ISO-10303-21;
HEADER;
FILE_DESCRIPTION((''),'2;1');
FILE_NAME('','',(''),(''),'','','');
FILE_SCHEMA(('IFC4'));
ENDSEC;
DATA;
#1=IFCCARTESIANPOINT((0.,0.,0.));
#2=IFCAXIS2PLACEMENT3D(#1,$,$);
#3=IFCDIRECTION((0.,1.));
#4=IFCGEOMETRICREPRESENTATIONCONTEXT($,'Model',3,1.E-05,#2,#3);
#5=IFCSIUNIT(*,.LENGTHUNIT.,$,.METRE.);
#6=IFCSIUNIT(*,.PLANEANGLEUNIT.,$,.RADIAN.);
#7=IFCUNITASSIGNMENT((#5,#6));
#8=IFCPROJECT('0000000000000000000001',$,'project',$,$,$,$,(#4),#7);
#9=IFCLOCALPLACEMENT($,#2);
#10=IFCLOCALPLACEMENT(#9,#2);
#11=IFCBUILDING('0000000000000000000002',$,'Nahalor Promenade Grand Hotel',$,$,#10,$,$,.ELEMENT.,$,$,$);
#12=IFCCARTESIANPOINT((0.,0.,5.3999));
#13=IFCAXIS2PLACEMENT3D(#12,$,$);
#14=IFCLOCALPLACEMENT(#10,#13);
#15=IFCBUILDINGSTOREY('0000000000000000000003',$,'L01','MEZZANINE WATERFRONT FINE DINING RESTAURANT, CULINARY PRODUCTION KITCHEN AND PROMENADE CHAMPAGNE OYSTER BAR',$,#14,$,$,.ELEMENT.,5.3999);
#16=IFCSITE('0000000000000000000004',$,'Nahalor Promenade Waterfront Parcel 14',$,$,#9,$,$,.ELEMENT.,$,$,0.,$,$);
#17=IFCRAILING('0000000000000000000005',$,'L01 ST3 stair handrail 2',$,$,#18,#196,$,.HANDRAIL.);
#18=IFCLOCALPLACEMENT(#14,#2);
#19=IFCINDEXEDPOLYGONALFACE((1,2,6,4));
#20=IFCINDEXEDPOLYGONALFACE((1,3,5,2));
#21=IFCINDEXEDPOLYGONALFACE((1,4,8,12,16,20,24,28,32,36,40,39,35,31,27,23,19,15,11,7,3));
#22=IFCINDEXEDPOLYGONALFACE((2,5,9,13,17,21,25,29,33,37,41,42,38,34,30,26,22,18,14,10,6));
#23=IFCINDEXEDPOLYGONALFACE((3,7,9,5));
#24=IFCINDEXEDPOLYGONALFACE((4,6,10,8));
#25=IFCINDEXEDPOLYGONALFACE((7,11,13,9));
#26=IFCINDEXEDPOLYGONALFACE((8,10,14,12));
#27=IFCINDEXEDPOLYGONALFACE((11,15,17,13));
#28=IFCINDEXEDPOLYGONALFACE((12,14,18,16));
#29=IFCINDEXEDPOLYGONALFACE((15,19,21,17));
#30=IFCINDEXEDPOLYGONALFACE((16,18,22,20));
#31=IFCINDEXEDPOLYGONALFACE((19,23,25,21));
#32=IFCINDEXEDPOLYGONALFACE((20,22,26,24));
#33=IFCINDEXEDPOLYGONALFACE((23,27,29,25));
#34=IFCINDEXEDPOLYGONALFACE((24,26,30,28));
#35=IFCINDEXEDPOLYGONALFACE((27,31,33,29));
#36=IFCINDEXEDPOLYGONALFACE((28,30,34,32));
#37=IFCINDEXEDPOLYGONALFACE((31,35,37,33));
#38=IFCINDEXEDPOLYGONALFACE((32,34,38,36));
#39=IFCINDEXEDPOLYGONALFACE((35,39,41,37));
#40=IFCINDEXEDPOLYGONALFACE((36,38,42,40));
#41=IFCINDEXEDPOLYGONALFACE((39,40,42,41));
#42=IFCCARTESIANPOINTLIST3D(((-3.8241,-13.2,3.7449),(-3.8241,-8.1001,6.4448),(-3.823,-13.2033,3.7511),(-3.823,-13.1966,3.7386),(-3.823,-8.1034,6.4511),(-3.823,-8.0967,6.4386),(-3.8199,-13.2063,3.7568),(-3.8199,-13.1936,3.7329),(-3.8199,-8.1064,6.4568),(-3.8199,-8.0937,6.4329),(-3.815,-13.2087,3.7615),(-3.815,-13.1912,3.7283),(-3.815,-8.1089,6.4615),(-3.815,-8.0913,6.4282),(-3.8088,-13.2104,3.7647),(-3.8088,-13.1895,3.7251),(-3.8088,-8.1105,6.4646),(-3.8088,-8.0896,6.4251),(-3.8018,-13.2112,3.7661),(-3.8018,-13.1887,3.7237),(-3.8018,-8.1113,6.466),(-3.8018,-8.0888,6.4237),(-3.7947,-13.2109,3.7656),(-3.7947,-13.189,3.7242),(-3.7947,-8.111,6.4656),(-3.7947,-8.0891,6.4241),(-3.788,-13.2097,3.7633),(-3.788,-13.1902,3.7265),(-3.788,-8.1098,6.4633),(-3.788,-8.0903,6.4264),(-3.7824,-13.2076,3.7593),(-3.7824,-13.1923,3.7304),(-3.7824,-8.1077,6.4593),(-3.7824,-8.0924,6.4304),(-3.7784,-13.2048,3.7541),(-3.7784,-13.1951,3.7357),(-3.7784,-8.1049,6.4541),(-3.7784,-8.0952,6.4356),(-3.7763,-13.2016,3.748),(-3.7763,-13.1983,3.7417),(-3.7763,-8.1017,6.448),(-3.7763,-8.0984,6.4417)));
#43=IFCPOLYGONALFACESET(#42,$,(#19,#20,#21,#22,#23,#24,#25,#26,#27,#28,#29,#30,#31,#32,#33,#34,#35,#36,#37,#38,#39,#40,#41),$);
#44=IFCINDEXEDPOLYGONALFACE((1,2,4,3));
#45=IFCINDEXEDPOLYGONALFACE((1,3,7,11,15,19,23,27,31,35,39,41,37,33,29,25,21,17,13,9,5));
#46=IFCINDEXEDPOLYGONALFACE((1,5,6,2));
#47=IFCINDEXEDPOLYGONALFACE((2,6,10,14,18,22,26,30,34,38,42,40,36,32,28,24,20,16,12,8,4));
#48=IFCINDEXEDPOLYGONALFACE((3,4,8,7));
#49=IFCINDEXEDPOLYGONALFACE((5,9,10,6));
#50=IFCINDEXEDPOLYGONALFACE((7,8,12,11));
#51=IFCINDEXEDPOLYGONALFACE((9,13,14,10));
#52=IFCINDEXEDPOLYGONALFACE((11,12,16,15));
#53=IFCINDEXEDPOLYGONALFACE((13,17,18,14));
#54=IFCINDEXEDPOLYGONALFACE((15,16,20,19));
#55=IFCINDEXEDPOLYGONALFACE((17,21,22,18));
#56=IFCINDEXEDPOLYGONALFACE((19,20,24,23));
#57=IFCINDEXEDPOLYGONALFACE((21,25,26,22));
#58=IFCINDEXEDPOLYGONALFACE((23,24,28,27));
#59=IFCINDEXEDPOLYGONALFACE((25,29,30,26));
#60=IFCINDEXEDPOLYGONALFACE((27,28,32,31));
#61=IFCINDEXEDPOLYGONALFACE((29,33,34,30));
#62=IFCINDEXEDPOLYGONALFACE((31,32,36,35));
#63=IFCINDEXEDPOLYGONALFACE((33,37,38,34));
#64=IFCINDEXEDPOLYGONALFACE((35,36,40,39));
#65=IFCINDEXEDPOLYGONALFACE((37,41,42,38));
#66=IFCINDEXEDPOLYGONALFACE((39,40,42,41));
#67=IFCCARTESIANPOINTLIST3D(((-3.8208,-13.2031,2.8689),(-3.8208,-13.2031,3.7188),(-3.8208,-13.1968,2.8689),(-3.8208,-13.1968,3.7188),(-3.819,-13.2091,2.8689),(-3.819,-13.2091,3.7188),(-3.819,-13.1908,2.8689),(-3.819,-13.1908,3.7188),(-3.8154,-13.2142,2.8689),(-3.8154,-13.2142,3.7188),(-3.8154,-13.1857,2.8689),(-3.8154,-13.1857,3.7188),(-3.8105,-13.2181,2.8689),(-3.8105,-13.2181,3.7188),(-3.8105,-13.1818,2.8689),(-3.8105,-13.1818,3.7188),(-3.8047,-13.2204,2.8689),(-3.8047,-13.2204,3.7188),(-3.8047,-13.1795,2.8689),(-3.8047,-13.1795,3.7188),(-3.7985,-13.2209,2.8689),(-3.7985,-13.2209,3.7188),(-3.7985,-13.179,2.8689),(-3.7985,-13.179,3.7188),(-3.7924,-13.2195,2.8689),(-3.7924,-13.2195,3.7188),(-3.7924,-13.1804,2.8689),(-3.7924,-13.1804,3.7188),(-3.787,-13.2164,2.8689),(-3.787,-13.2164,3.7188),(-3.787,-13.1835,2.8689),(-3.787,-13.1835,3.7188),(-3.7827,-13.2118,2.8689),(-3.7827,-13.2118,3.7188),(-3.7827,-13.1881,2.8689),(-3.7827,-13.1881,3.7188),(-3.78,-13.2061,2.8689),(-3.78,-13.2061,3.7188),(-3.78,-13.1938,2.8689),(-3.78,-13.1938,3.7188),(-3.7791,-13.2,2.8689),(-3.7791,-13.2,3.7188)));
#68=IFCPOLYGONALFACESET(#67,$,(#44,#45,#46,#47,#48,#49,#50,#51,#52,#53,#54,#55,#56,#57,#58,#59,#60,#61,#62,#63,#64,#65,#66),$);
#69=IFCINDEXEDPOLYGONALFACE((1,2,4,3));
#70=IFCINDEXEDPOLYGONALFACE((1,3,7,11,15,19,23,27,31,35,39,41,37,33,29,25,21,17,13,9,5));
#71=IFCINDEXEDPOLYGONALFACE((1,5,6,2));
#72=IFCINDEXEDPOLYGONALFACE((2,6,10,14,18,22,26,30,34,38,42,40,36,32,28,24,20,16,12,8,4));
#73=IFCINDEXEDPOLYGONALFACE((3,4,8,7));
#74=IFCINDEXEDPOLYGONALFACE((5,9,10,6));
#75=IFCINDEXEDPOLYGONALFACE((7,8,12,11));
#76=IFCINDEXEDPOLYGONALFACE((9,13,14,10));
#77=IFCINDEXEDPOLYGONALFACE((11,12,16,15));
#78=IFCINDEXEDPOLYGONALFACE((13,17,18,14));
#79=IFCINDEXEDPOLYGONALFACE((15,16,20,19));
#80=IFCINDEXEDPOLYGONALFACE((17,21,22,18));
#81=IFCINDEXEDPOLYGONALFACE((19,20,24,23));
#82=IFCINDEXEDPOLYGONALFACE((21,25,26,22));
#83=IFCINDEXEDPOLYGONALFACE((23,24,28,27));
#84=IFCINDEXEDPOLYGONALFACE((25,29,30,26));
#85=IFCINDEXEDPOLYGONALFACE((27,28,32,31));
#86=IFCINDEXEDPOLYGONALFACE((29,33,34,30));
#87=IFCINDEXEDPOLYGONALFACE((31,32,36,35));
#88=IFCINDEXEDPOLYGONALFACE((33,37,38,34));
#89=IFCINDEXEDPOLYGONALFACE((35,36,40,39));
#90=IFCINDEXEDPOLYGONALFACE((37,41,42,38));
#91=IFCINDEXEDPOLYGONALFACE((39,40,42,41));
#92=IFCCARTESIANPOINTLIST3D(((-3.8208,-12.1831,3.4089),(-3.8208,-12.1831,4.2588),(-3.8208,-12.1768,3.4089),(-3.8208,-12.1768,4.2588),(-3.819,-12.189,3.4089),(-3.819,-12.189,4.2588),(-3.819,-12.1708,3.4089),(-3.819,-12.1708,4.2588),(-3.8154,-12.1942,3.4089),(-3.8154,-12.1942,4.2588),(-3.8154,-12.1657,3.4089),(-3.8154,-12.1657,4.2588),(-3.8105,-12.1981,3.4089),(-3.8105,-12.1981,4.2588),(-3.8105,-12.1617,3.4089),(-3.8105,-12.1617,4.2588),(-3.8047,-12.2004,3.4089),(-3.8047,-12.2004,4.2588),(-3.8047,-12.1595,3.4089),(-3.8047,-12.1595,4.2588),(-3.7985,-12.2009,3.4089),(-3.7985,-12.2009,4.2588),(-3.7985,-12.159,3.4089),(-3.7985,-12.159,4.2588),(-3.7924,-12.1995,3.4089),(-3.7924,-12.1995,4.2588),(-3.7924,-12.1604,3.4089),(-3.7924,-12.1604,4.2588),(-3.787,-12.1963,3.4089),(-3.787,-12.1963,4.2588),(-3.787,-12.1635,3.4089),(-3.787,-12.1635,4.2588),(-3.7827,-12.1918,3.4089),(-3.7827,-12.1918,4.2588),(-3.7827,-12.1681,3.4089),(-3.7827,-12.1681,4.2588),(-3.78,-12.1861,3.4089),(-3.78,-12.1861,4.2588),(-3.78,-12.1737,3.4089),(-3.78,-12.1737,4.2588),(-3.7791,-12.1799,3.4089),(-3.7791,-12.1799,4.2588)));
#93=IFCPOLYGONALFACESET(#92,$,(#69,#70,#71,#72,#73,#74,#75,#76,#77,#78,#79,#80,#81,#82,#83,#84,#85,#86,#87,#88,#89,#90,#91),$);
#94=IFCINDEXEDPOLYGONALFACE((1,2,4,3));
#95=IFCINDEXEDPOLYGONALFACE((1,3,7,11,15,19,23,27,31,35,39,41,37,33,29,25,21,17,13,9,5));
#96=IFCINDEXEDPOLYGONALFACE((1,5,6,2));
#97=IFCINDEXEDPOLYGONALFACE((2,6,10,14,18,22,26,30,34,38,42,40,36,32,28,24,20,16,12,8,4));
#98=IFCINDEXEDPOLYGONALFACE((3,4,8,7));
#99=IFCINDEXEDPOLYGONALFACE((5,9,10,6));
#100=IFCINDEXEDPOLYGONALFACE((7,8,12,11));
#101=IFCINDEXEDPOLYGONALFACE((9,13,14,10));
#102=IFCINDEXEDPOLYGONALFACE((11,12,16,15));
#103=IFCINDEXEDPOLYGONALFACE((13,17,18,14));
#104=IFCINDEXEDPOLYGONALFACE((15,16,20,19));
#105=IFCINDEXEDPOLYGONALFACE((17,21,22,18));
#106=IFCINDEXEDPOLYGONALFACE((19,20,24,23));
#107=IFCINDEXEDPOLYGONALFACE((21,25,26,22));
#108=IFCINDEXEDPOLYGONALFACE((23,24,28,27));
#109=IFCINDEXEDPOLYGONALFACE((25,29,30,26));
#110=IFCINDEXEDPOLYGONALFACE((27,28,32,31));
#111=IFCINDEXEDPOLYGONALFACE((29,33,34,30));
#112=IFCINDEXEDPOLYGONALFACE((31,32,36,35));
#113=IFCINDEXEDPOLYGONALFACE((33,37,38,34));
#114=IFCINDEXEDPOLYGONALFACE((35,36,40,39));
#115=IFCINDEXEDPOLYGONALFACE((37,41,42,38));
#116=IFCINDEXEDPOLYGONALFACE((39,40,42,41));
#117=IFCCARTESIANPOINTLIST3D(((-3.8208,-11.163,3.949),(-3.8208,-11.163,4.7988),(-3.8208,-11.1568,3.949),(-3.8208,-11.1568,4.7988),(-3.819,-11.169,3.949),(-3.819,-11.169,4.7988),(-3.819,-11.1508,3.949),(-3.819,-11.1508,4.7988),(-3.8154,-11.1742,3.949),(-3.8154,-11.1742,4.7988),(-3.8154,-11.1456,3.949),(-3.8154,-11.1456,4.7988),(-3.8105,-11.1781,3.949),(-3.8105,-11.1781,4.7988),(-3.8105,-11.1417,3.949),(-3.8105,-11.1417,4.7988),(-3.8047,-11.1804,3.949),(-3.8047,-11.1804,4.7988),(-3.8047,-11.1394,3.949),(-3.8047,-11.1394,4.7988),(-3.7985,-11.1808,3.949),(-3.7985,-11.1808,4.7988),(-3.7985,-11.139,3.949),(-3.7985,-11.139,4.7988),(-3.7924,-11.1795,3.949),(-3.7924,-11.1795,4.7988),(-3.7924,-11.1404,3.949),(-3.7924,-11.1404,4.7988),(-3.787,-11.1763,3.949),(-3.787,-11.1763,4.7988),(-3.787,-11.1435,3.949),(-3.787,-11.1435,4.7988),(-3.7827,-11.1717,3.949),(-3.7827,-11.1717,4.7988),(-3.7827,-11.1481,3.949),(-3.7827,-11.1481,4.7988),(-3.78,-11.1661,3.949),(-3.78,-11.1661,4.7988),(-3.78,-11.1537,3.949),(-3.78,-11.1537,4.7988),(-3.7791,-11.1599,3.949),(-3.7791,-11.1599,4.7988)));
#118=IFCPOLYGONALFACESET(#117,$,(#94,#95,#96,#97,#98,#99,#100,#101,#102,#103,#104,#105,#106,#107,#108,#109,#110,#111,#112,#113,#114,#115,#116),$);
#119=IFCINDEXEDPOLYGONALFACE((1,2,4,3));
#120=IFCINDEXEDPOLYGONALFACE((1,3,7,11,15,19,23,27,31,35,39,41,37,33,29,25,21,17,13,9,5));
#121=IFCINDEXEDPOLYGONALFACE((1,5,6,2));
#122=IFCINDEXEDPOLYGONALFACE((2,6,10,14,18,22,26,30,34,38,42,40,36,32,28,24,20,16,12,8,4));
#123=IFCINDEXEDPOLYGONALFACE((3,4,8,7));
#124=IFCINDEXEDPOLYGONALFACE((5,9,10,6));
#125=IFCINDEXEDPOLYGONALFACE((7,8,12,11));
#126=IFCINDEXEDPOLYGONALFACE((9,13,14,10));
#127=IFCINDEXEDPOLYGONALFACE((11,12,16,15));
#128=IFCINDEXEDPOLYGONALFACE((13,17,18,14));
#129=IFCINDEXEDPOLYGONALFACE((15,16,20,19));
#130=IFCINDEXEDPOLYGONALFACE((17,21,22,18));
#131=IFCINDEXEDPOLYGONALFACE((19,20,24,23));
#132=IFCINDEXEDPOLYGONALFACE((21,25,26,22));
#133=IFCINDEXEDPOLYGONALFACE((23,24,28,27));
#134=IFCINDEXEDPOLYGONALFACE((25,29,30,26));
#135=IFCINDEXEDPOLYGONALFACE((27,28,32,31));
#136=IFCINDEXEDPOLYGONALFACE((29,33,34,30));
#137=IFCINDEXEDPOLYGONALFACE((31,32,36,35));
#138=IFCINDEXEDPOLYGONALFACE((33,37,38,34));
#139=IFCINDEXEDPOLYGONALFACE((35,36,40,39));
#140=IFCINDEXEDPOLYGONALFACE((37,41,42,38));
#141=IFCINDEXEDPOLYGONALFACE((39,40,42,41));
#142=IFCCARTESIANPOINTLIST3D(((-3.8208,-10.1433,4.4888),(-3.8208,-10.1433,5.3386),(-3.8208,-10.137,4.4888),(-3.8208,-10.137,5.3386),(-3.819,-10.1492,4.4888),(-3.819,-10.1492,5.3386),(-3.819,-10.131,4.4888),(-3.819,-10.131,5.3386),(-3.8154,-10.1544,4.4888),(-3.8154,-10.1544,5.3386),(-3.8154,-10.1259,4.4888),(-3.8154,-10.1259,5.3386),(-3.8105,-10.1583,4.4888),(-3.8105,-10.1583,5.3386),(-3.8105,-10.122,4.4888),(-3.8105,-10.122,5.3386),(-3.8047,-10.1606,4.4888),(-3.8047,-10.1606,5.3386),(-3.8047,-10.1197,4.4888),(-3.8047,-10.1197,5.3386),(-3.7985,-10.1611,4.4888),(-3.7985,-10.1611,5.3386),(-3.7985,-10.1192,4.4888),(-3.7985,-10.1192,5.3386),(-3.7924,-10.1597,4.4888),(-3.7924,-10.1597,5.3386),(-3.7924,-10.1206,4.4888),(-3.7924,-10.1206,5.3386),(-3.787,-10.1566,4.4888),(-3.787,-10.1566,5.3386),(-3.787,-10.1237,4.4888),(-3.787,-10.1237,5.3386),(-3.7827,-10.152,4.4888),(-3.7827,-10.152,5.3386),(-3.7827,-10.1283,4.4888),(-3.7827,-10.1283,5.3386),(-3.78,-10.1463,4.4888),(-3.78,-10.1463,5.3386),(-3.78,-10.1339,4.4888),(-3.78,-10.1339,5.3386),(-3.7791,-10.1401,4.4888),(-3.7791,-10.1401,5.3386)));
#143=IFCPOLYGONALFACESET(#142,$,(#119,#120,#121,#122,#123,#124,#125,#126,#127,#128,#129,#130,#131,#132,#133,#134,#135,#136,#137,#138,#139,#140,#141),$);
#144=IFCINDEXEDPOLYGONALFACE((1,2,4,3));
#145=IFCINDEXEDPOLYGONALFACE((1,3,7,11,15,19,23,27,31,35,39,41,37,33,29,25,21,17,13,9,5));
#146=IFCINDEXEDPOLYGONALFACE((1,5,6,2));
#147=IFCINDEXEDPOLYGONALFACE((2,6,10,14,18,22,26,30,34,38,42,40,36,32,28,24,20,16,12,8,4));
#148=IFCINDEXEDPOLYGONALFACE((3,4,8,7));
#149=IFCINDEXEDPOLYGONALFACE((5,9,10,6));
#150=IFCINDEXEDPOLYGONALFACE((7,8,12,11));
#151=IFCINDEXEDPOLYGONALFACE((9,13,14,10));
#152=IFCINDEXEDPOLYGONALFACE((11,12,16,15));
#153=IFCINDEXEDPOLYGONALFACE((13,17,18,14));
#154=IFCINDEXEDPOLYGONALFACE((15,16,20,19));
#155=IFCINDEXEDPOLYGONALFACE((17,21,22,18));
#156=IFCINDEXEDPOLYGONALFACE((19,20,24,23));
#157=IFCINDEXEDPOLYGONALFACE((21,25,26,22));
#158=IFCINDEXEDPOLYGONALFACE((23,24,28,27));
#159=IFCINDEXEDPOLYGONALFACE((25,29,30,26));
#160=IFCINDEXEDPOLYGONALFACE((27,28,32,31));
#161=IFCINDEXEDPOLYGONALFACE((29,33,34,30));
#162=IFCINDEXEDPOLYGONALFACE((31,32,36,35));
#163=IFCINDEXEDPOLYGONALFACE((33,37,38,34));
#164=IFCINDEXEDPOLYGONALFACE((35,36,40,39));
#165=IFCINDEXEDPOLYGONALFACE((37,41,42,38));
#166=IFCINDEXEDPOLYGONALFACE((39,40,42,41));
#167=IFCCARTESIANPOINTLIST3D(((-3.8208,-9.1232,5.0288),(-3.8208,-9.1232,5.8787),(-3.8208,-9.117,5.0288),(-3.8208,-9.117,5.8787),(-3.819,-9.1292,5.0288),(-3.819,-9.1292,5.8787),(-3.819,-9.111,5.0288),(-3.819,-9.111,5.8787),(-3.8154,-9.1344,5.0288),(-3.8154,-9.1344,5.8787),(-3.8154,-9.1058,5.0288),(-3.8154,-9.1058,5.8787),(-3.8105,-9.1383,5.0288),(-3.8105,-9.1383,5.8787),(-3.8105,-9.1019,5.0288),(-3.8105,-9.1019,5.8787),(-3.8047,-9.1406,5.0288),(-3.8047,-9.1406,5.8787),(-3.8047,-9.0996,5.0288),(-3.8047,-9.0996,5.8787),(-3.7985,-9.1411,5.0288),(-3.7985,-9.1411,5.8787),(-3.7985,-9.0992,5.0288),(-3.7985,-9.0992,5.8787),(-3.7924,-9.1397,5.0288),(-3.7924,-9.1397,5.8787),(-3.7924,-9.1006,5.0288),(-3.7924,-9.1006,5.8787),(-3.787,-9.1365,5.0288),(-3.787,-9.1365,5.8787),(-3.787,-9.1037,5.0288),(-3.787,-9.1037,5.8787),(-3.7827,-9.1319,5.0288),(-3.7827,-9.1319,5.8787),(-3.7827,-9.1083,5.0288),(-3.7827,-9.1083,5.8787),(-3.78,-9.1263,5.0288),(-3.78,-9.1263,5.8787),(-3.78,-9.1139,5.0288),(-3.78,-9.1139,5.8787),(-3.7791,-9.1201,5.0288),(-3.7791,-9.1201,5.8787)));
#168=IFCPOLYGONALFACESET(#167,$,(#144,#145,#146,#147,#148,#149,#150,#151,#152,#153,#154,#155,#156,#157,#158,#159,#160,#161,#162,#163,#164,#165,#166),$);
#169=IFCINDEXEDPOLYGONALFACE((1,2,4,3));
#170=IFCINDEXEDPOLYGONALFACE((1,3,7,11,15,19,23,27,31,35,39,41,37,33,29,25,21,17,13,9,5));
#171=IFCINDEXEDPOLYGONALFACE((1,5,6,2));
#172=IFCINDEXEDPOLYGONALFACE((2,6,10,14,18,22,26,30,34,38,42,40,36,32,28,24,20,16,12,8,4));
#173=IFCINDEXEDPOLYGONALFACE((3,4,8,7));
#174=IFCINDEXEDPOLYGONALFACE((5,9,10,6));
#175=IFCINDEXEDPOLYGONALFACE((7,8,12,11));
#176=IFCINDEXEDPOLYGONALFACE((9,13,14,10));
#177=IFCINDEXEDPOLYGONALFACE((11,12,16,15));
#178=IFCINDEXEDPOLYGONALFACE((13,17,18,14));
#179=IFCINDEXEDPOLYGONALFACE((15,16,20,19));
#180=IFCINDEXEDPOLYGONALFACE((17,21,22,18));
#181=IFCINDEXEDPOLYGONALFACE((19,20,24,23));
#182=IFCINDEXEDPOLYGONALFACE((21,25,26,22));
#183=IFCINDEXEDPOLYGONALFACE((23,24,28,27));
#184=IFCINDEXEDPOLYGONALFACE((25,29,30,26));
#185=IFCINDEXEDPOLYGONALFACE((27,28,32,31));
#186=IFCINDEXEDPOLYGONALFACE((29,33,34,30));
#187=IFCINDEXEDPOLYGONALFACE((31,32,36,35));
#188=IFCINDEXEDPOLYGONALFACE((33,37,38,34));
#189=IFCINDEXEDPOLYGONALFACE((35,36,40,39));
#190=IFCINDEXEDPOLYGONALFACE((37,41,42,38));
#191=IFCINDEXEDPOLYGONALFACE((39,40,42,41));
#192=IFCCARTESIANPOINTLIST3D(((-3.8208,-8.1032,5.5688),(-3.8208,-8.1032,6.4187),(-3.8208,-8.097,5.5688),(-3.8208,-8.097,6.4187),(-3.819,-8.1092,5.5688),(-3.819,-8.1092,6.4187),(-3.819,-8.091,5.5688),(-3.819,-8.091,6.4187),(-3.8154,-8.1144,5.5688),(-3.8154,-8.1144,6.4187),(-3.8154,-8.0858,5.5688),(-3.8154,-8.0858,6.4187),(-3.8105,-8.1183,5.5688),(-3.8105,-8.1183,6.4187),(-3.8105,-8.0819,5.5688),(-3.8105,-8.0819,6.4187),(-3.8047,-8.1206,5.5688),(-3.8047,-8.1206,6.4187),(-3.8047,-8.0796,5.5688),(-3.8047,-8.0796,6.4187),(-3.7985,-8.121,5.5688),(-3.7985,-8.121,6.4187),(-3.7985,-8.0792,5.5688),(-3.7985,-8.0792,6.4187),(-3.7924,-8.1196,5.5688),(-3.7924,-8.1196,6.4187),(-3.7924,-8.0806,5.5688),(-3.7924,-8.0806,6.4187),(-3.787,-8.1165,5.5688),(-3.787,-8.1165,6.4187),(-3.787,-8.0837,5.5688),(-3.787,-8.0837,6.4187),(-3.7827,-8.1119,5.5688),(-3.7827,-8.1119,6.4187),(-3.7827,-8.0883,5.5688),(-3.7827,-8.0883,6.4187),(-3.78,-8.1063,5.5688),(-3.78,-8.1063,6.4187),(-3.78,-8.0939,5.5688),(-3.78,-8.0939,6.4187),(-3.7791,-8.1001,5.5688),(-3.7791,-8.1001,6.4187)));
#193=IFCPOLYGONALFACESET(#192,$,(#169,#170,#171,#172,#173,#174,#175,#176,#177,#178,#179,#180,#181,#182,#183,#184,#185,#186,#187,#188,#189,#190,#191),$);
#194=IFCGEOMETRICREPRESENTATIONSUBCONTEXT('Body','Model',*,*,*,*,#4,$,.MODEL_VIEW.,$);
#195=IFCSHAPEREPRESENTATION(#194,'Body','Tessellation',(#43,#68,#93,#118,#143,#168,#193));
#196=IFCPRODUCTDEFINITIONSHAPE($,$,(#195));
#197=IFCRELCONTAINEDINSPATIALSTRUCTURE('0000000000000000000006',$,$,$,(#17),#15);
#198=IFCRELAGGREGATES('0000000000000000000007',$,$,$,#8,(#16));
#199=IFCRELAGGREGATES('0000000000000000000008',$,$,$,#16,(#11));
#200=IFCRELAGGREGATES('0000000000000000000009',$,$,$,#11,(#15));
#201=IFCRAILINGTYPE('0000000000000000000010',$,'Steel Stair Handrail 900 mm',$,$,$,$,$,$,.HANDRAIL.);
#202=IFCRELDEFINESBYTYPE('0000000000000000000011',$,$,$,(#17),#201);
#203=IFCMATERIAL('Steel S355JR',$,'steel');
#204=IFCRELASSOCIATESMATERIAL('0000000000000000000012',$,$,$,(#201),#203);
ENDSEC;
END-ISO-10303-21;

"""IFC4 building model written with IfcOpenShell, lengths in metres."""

from ifc_helpers import new_model, si_unit, direction, frame, origin, origin_2d, place, context, subcontext, project, spatial, circle, extrude, material, type_object, element, save


model = new_model("IFC4")

# Units and contexts
model_context = context("Model", 3, precision=1e-05, world=origin(), true_north=direction((0.0, 1.0)))
body_context = subcontext(model_context, "Body", "Model", "MODEL_VIEW")
ifc_project = project(units=[si_unit("LENGTHUNIT", "METRE"), si_unit("PLANEANGLEUNIT", "RADIAN")], contexts=[model_context])

# Site, building, storey
site_placement = place(None, origin())
site = spatial("IfcSite", under=ifc_project, at=site_placement, Name="Nahalor Promenade Waterfront Parcel 14", CompositionType="ELEMENT", RefElevation=0.0)
building_placement = place(site_placement, origin())
building = spatial("IfcBuilding", under=site, at=building_placement, Name="Nahalor Promenade Grand Hotel", CompositionType="ELEMENT")
storey_placement = place(building_placement, frame((0.0, 0.0, 5.3999)))
storey = spatial("IfcBuildingStorey", under=building, at=storey_placement, Name="L01", Description="MEZZANINE WATERFRONT FINE DINING RESTAURANT, CULINARY PRODUCTION KITCHEN AND PROMENADE CHAMPAGNE OYSTER BAR", CompositionType="ELEMENT", Elevation=5.3999)

# Shared definitions
ifc_material_1 = material(Name="Steel S355JR", Category="steel")

# Railing
railing_type = type_object("IfcRailingType", Name="Steel Stair Handrail 900 mm", PredefinedType="HANDRAIL", material=ifc_material_1)
railing_1_placement = place(storey_placement, frame((-3.8, -13.2, 2.8689)))
element("IfcRailing", 1, at=railing_1_placement, inside=storey, type_object=railing_type, Name="L01 ST3 stair handrail 2", PredefinedType="HANDRAIL", context=body_context, shape_type="SweptSolid", body=[
    extrude(circle(Radius=0.024, at=origin_2d()), frame((0.0, 0.0, 0.876), z_axis=(0.0, 0.883786, 0.467892), x_axis=(-1.0, 0.0, 0.0)), (0.0, 0.0, 1.0), 5.7705),
    extrude(circle(Radius=0.021, at=origin_2d()), origin(), (0.0, 0.0, 1.0), 0.8499),
    extrude(circle(Radius=0.021, at=origin_2d()), frame((0.0, 1.02, 0.54)), (0.0, 0.0, 1.0), 0.8499),
    extrude(circle(Radius=0.021, at=origin_2d()), frame((0.0, 2.04, 1.0801)), (0.0, 0.0, 1.0), 0.8499),
    extrude(circle(Radius=0.021, at=origin_2d()), frame((0.0, 3.0598, 1.6199)), (0.0, 0.0, 1.0), 0.8499),
    extrude(circle(Radius=0.021, at=origin_2d()), frame((0.0, 4.0798, 2.1599)), (0.0, 0.0, 1.0), 0.8499),
    extrude(circle(Radius=0.021, at=origin_2d()), frame((0.0, 5.0999, 2.7)), (0.0, 0.0, 1.0), 0.8499),
])

save(model, "model.ifc")
